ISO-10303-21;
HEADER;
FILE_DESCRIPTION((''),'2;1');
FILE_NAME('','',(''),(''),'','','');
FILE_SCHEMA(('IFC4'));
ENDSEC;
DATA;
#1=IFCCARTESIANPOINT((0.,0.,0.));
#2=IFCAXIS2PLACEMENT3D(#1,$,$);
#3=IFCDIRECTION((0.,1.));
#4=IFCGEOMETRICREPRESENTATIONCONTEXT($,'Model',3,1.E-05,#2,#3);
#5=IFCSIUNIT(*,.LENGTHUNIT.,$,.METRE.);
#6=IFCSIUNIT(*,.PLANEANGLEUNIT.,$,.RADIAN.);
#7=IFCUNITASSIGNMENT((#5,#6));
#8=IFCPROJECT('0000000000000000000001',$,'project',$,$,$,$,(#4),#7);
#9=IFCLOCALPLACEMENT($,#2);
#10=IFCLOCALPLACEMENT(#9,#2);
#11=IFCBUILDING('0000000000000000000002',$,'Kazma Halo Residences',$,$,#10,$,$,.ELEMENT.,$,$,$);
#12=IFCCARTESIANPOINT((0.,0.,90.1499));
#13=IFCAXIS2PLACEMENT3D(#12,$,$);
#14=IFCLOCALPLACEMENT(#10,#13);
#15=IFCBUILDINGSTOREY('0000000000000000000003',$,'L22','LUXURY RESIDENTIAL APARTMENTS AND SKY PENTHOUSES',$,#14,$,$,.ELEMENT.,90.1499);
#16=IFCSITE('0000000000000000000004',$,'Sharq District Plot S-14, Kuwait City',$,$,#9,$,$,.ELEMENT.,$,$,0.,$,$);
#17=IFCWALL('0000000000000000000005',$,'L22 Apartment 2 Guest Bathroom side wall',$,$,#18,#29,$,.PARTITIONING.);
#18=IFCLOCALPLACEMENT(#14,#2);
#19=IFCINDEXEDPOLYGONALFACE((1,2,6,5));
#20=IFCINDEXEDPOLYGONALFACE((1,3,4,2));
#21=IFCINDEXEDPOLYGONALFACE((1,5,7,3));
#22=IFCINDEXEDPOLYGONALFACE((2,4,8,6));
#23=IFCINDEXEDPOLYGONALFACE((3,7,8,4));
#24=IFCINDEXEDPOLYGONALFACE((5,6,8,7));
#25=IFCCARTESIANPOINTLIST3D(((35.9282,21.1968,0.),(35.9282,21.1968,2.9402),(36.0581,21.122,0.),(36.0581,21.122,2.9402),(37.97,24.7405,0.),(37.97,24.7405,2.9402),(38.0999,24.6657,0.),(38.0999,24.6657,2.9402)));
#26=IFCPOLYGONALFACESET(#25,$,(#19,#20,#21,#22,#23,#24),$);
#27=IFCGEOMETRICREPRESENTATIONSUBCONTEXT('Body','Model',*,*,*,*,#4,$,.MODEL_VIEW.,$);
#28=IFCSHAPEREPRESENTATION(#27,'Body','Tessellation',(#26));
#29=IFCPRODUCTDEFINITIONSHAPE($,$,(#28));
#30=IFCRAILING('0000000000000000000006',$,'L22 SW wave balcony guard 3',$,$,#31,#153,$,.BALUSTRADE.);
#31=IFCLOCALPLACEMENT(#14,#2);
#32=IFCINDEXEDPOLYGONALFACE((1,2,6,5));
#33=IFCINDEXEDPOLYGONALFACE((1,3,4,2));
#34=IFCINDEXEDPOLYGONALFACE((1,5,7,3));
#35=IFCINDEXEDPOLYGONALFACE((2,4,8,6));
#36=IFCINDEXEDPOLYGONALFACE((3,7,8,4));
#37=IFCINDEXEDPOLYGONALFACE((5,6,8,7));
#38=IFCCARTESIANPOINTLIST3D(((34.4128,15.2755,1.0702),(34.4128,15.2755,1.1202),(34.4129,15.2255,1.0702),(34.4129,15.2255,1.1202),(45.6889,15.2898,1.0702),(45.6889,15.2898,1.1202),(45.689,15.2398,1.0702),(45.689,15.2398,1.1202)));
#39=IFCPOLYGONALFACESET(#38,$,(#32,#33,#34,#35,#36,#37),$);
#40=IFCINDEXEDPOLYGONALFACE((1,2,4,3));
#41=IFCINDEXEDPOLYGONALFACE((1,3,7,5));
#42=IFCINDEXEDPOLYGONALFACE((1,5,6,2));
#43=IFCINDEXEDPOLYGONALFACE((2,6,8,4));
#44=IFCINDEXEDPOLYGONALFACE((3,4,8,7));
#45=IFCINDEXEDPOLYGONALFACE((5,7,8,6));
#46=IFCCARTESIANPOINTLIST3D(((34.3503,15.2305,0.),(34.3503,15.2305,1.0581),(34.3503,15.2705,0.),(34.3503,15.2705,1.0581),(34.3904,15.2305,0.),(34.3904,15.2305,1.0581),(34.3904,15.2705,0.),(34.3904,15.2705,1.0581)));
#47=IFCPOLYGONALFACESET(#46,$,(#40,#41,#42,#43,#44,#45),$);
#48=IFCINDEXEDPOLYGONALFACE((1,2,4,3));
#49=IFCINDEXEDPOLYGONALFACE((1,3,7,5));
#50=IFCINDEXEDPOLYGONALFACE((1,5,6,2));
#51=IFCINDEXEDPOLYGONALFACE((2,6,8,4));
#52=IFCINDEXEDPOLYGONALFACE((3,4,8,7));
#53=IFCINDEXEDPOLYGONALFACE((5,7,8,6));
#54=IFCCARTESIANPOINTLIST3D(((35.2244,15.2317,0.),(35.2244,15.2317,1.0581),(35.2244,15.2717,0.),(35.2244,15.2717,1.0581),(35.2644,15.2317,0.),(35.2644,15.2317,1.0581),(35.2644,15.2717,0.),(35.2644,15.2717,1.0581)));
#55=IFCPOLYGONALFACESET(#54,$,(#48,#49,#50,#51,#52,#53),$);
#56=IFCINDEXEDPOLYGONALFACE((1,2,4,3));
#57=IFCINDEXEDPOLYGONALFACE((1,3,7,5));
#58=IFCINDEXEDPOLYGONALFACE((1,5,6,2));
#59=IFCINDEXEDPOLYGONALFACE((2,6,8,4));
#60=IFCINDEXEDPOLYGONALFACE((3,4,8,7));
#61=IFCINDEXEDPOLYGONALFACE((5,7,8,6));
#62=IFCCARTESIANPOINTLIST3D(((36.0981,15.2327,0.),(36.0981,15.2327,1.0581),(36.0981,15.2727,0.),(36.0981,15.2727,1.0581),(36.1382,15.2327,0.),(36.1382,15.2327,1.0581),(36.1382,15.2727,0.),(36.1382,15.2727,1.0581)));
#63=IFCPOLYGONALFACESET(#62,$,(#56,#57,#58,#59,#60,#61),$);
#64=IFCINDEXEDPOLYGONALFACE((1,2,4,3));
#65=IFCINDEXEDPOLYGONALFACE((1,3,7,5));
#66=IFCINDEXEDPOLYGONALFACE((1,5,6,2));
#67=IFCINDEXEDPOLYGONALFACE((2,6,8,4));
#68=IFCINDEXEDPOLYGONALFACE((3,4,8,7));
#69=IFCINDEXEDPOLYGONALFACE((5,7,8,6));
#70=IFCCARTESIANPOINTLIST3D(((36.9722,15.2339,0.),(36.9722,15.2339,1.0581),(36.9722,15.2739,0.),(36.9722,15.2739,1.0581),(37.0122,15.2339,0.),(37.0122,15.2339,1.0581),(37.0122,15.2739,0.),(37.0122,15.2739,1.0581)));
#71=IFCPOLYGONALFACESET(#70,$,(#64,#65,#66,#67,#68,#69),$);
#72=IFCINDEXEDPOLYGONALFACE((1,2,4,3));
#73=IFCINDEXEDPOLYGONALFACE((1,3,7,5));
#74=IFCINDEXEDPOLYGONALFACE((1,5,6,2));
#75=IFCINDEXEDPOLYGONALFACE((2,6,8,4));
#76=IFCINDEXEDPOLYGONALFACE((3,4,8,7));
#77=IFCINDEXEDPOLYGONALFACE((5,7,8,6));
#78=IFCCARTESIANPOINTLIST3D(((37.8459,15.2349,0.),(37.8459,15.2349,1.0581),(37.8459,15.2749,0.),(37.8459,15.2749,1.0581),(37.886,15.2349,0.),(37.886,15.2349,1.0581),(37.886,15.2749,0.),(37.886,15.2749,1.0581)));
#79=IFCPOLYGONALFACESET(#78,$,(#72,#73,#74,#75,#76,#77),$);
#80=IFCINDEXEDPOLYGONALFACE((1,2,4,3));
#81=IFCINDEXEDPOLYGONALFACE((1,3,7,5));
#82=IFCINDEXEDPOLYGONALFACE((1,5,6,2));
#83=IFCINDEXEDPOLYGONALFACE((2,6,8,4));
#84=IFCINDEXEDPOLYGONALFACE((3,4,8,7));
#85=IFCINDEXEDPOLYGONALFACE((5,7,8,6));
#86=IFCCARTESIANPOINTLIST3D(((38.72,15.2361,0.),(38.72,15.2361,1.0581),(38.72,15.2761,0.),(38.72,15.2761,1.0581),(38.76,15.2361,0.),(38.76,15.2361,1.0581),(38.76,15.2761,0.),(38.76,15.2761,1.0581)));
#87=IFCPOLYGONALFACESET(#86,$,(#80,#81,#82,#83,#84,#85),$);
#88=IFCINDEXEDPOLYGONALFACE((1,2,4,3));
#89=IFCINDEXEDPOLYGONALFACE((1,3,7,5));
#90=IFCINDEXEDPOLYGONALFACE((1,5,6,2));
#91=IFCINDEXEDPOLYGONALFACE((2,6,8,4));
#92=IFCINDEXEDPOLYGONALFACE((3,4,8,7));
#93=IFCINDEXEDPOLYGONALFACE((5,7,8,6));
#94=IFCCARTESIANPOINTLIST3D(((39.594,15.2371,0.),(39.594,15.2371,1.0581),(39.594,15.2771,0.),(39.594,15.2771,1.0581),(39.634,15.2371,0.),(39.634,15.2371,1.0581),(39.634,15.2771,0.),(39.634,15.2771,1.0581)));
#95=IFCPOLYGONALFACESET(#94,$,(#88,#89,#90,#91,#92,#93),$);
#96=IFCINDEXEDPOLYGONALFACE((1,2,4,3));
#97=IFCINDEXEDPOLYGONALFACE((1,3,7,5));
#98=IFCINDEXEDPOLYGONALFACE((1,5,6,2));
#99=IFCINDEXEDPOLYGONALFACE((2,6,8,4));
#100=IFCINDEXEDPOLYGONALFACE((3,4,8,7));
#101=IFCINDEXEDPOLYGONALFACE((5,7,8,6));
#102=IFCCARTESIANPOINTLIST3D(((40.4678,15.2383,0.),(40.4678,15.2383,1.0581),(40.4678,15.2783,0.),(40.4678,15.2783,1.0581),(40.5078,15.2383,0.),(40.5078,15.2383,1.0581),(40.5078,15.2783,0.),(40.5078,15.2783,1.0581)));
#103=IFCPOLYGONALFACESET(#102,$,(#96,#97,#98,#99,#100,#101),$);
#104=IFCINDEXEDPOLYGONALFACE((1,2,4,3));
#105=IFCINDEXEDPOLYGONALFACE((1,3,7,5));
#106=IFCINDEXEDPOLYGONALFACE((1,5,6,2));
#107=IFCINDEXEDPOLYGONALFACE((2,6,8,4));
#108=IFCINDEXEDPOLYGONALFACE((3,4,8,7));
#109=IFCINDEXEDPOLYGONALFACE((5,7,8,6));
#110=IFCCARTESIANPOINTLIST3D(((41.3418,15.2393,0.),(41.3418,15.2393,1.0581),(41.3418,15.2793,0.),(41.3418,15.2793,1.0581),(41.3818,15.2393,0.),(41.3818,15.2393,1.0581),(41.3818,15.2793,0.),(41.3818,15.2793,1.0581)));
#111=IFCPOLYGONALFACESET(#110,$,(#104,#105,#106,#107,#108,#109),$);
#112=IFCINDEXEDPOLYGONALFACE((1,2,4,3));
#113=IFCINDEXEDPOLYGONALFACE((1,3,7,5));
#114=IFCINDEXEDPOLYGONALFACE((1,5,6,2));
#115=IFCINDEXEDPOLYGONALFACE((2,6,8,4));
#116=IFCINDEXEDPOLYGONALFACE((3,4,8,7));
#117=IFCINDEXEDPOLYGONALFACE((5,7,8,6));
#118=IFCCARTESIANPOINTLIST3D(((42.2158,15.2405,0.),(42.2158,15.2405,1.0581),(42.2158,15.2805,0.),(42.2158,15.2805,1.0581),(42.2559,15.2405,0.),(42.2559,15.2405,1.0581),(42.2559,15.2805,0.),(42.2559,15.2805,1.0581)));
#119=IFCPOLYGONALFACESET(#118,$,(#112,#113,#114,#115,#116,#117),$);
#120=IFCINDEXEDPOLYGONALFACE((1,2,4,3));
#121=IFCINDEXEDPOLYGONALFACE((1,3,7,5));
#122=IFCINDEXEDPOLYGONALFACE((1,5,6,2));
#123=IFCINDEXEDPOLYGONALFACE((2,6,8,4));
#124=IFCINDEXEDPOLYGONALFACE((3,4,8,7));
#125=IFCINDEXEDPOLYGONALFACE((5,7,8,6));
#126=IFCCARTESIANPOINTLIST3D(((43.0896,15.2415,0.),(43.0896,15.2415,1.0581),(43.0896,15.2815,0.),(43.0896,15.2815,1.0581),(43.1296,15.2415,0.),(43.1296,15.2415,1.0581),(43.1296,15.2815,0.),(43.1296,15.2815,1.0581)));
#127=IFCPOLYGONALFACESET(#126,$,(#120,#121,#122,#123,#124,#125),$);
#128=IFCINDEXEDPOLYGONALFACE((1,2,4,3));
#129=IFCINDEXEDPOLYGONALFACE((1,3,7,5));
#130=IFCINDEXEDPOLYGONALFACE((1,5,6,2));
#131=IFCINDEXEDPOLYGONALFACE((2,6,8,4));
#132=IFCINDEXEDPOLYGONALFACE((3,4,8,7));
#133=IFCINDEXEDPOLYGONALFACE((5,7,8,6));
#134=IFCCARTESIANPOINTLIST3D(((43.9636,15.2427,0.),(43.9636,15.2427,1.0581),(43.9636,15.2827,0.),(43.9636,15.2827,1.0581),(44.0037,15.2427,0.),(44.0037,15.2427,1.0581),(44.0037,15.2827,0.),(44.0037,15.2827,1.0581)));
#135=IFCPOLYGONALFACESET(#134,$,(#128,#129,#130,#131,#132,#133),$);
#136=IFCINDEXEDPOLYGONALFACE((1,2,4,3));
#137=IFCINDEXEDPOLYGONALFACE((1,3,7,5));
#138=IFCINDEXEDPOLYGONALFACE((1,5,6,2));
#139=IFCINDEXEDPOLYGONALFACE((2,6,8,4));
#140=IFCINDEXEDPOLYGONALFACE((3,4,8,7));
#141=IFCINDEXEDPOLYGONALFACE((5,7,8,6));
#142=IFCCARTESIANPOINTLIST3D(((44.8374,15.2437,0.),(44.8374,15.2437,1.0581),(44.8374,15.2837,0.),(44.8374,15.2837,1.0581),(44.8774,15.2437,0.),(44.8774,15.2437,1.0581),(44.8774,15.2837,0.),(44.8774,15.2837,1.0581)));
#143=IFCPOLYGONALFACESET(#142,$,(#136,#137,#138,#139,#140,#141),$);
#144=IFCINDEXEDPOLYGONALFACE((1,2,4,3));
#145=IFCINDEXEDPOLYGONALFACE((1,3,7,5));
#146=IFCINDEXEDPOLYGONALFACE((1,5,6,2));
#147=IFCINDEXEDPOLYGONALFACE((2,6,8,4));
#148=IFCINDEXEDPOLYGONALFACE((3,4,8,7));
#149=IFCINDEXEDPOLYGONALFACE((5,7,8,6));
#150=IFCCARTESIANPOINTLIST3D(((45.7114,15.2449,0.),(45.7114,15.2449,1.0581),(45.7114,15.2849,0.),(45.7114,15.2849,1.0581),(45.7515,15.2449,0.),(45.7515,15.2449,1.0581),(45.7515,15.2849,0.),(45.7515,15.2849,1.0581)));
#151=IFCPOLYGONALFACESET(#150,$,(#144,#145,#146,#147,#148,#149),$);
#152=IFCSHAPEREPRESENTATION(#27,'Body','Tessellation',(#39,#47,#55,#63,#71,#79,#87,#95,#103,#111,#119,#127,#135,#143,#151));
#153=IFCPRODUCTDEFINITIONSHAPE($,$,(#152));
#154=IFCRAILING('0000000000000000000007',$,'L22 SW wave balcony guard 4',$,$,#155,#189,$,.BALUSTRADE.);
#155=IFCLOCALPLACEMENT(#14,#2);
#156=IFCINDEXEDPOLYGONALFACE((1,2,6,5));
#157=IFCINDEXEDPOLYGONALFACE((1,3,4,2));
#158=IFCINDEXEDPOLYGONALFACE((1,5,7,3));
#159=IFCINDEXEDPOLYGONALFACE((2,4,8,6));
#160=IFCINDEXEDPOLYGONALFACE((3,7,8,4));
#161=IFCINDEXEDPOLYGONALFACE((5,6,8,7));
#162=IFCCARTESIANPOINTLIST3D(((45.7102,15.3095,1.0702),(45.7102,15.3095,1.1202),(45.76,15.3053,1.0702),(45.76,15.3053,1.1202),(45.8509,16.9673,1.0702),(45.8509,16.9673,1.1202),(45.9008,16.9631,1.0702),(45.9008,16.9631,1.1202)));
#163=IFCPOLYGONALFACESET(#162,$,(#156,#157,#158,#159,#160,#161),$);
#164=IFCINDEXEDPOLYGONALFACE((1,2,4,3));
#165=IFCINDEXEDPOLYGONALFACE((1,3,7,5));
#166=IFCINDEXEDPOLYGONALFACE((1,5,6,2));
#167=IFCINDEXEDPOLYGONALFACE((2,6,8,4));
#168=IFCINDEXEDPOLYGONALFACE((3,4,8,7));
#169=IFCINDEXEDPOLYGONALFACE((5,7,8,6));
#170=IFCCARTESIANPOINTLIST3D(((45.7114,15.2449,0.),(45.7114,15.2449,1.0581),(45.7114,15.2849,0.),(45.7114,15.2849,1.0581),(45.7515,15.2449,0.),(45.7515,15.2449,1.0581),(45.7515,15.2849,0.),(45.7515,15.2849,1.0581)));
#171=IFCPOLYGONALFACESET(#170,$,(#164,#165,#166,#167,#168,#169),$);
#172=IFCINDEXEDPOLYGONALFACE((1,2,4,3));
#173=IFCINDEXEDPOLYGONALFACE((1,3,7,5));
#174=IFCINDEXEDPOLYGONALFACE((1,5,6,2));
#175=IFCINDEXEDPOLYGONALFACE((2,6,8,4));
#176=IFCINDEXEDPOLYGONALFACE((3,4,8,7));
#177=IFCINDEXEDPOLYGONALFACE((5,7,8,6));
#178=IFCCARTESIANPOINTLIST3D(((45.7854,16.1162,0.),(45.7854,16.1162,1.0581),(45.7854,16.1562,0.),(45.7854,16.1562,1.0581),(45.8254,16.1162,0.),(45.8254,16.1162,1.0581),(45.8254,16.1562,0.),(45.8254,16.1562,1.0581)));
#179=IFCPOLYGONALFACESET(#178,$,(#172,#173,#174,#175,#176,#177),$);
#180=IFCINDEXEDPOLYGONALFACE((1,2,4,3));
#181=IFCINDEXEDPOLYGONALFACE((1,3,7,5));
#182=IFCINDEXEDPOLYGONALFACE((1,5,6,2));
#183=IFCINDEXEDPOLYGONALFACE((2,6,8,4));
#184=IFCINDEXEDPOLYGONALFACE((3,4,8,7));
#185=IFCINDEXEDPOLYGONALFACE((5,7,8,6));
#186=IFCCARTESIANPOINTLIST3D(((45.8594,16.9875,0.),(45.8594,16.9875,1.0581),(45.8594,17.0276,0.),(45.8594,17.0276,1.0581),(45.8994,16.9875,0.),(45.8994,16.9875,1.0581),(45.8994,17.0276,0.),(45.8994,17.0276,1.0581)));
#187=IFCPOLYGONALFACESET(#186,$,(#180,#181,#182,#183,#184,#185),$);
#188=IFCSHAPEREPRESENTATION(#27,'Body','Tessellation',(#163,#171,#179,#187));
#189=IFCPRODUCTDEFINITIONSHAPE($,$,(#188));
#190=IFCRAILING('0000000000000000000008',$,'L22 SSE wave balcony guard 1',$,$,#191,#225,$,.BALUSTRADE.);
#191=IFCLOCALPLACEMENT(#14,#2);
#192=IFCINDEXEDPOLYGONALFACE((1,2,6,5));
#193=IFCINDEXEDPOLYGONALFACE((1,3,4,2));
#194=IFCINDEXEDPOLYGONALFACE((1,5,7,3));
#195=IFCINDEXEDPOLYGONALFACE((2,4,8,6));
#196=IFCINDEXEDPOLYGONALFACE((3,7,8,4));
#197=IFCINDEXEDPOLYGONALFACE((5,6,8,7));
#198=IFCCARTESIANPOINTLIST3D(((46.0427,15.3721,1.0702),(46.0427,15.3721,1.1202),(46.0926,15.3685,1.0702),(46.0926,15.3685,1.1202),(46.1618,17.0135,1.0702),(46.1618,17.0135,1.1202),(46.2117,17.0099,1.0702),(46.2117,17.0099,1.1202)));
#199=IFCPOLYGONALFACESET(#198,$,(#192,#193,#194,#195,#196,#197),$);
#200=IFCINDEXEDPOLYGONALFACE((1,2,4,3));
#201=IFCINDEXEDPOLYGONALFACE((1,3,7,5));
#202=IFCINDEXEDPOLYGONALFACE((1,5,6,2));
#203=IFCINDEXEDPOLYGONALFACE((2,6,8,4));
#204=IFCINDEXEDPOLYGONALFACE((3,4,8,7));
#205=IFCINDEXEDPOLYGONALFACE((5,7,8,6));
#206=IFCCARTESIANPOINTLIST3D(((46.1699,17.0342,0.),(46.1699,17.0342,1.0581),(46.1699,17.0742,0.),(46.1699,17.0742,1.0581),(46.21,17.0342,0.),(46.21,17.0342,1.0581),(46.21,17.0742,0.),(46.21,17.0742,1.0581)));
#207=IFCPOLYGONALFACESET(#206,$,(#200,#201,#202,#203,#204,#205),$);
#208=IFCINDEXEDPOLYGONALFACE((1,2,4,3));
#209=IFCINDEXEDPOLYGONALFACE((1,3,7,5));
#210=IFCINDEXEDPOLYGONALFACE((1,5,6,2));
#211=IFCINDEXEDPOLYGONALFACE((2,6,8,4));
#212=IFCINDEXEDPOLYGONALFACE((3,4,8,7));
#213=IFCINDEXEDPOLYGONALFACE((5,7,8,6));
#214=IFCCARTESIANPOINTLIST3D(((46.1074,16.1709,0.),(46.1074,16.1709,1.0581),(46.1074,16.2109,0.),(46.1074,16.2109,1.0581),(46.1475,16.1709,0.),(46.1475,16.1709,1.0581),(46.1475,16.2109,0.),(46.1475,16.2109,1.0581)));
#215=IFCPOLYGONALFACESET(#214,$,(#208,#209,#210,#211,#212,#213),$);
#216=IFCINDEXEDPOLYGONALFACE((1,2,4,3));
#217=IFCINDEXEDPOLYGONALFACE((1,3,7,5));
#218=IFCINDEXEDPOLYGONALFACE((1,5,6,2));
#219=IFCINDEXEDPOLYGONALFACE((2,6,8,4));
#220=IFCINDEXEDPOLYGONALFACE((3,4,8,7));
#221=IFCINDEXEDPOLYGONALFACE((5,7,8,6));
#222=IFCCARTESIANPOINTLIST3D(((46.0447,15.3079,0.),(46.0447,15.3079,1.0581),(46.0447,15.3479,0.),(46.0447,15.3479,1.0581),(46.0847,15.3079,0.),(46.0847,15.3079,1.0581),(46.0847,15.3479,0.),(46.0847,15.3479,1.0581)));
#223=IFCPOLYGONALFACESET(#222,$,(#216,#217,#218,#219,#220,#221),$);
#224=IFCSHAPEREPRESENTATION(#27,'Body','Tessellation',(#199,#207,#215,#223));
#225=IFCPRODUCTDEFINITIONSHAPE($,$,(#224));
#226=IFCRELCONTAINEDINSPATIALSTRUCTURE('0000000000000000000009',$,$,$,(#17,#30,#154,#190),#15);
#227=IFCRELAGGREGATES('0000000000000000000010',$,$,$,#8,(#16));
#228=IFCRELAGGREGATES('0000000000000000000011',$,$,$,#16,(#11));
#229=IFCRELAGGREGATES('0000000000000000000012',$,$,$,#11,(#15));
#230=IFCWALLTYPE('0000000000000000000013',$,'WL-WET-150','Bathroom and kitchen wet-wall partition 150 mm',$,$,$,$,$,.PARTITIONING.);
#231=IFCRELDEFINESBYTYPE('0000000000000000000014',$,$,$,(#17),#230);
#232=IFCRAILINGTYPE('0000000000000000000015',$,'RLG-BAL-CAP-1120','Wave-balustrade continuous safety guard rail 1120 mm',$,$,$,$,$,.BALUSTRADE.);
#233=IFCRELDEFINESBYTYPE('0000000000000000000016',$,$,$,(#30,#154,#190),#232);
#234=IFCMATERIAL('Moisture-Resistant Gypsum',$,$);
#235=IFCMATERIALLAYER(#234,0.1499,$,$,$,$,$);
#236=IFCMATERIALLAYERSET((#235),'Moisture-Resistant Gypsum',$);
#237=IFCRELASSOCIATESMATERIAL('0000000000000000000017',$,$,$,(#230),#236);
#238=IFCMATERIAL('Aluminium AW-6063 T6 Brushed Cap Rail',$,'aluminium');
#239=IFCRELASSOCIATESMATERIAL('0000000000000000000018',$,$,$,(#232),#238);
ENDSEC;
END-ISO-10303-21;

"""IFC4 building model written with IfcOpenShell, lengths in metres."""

from ifc_helpers import new_model, si_unit, direction, frame, frame_2d, origin, origin_2d, place, context, subcontext, project, spatial, rectangle, extrude, material, layer, layer_set, type_object, element, save


model = new_model("IFC4")

# Units and contexts
model_context = context("Model", 3, precision=1e-05, world=origin(), true_north=direction((0.0, 1.0)))
body_context = subcontext(model_context, "Body", "Model", "MODEL_VIEW")
ifc_project = project(units=[si_unit("LENGTHUNIT", "METRE"), si_unit("PLANEANGLEUNIT", "RADIAN")], contexts=[model_context])

# Site, building, storey
site_placement = place(None, origin())
site = spatial("IfcSite", under=ifc_project, at=site_placement, Name="Sharq District Plot S-14, Kuwait City", CompositionType="ELEMENT", RefElevation=0.0)
building_placement = place(site_placement, origin())
building = spatial("IfcBuilding", under=site, at=building_placement, Name="Kazma Halo Residences", CompositionType="ELEMENT")
storey_placement = place(building_placement, frame((0.0, 0.0, 90.1499)))
storey = spatial("IfcBuildingStorey", under=building, at=storey_placement, Name="L22", Description="LUXURY RESIDENTIAL APARTMENTS AND SKY PENTHOUSES", CompositionType="ELEMENT", Elevation=90.1499)

# Wall
ifc_material_1 = material(Name="Moisture-Resistant Gypsum")
ifc_layer_1 = layer(ifc_material_1, 0.1499)
ifc_layer_set_1 = layer_set([ifc_layer_1], Name="Moisture-Resistant Gypsum")
wall_type_1 = type_object("IfcWallType", Name="WL-WET-150", Description="Bathroom and kitchen wet-wall partition 150 mm", PredefinedType="PARTITIONING", material=ifc_layer_set_1)
wall_1_placement = place(storey_placement, frame((38.0349, 24.7031, 0.0), z_axis=(0.0, 0.0, 1.0), x_axis=(-0.499228, -0.866471, 0.0)))
element("IfcWall", 1, at=wall_1_placement, inside=storey, type_object=wall_type_1, Name="L22 Apartment 2 Guest Bathroom side wall", PredefinedType="PARTITIONING", context=body_context, shape_type="SweptSolid", body=[
    extrude(rectangle(XDim=4.0898, YDim=0.1499, at=frame_2d((2.0449, 0.0))), origin(), (0.0, 0.0, 1.0), 2.9402),
])

# Railings
ifc_material_2 = material(Name="Aluminium AW-6063 T6 Brushed Cap Rail", Category="aluminium")
railing_type = type_object("IfcRailingType", Name="RLG-BAL-CAP-1120", Description="Wave-balustrade continuous safety guard rail 1120 mm", PredefinedType="BALUSTRADE", material=ifc_material_2)
railing_1_placement = place(storey_placement, frame((34.3704, 15.2505, 0.0)))
element("IfcRailing", 2, at=railing_1_placement, inside=storey, type_object=railing_type, Name="L22 SW wave balcony guard 3", PredefinedType="BALUSTRADE", context=body_context, shape_type="SweptSolid", body=[
    extrude(rectangle(XDim=0.05, YDim=0.05, at=origin_2d()), frame((0.0425, 0.0, 1.0952), z_axis=(0.999999, 0.001268, 0.0), x_axis=(-0.001268, 0.999999, 0.0)), (0.0, 0.0, 1.0), 11.2761),
    extrude(rectangle(XDim=0.04, YDim=0.04, at=origin_2d()), origin(), (0.0, 0.0, 1.0), 1.0581),
    extrude(rectangle(XDim=0.04, YDim=0.04, at=origin_2d()), frame((0.874, 0.0012, 0.0)), (0.0, 0.0, 1.0), 1.0581),
    extrude(rectangle(XDim=0.04, YDim=0.04, at=origin_2d()), frame((1.7478, 0.0022, 0.0)), (0.0, 0.0, 1.0), 1.0581),
    extrude(rectangle(XDim=0.04, YDim=0.04, at=origin_2d()), frame((2.6218, 0.0034, 0.0)), (0.0, 0.0, 1.0), 1.0581),
    extrude(rectangle(XDim=0.04, YDim=0.04, at=origin_2d()), frame((3.4956, 0.0044, 0.0)), (0.0, 0.0, 1.0), 1.0581),
    extrude(rectangle(XDim=0.04, YDim=0.04, at=origin_2d()), frame((4.3696, 0.0056, 0.0)), (0.0, 0.0, 1.0), 1.0581),
    extrude(rectangle(XDim=0.04, YDim=0.04, at=origin_2d()), frame((5.2437, 0.0066, 0.0)), (0.0, 0.0, 1.0), 1.0581),
    extrude(rectangle(XDim=0.04, YDim=0.04, at=origin_2d()), frame((6.1174, 0.0078, 0.0)), (0.0, 0.0, 1.0), 1.0581),
    extrude(rectangle(XDim=0.04, YDim=0.04, at=origin_2d()), frame((6.9915, 0.0088, 0.0)), (0.0, 0.0, 1.0), 1.0581),
    extrude(rectangle(XDim=0.04, YDim=0.04, at=origin_2d()), frame((7.8655, 0.01, 0.0)), (0.0, 0.0, 1.0), 1.0581),
    extrude(rectangle(XDim=0.04, YDim=0.04, at=origin_2d()), frame((8.7393, 0.011, 0.0)), (0.0, 0.0, 1.0), 1.0581),
    extrude(rectangle(XDim=0.04, YDim=0.04, at=origin_2d()), frame((9.6133, 0.0122, 0.0)), (0.0, 0.0, 1.0), 1.0581),
    extrude(rectangle(XDim=0.04, YDim=0.04, at=origin_2d()), frame((10.4871, 0.0132, 0.0)), (0.0, 0.0, 1.0), 1.0581),
    extrude(rectangle(XDim=0.04, YDim=0.04, at=origin_2d()), frame((11.3611, 0.0144, 0.0)), (0.0, 0.0, 1.0), 1.0581),
])
railing_2_placement = place(storey_placement, frame((45.7314, 15.2649, 0.0)))
element("IfcRailing", 3, at=railing_2_placement, inside=storey, type_object=railing_type, Name="L22 SW wave balcony guard 4", PredefinedType="BALUSTRADE", context=body_context, shape_type="SweptSolid", body=[
    extrude(rectangle(XDim=0.05, YDim=0.05, at=origin_2d()), frame((0.0037, 0.0425, 1.0952), z_axis=(0.084593, 0.996416, 0.0), x_axis=(-0.996416, 0.084593, 0.0)), (0.0, 0.0, 1.0), 1.6638),
    extrude(rectangle(XDim=0.04, YDim=0.04, at=origin_2d()), origin(), (0.0, 0.0, 1.0), 1.0581),
    extrude(rectangle(XDim=0.04, YDim=0.04, at=origin_2d()), frame((0.074, 0.8713, 0.0)), (0.0, 0.0, 1.0), 1.0581),
    extrude(rectangle(XDim=0.04, YDim=0.04, at=origin_2d()), frame((0.1479, 1.7427, 0.0)), (0.0, 0.0, 1.0), 1.0581),
])
railing_3_placement = place(storey_placement, frame((46.1899, 17.0542, 0.0)))
element("IfcRailing", 4, at=railing_3_placement, inside=storey, type_object=railing_type, Name="L22 SSE wave balcony guard 1", PredefinedType="BALUSTRADE", context=body_context, shape_type="SweptSolid", body=[
    extrude(rectangle(XDim=0.05, YDim=0.05, at=origin_2d()), frame((-0.0032, -0.0425, 1.0952), z_axis=(-0.07236, -0.997379, 0.0), x_axis=(0.997379, -0.07236, 0.0)), (0.0, 0.0, 1.0), 1.6458),
    extrude(rectangle(XDim=0.04, YDim=0.04, at=origin_2d()), origin(), (0.0, 0.0, 1.0), 1.0581),
    extrude(rectangle(XDim=0.04, YDim=0.04, at=origin_2d()), frame((-0.0625, -0.8633, 0.0)), (0.0, 0.0, 1.0), 1.0581),
    extrude(rectangle(XDim=0.04, YDim=0.04, at=origin_2d()), frame((-0.1252, -1.7263, 0.0)), (0.0, 0.0, 1.0), 1.0581),
])

save(model, "model.ifc")
